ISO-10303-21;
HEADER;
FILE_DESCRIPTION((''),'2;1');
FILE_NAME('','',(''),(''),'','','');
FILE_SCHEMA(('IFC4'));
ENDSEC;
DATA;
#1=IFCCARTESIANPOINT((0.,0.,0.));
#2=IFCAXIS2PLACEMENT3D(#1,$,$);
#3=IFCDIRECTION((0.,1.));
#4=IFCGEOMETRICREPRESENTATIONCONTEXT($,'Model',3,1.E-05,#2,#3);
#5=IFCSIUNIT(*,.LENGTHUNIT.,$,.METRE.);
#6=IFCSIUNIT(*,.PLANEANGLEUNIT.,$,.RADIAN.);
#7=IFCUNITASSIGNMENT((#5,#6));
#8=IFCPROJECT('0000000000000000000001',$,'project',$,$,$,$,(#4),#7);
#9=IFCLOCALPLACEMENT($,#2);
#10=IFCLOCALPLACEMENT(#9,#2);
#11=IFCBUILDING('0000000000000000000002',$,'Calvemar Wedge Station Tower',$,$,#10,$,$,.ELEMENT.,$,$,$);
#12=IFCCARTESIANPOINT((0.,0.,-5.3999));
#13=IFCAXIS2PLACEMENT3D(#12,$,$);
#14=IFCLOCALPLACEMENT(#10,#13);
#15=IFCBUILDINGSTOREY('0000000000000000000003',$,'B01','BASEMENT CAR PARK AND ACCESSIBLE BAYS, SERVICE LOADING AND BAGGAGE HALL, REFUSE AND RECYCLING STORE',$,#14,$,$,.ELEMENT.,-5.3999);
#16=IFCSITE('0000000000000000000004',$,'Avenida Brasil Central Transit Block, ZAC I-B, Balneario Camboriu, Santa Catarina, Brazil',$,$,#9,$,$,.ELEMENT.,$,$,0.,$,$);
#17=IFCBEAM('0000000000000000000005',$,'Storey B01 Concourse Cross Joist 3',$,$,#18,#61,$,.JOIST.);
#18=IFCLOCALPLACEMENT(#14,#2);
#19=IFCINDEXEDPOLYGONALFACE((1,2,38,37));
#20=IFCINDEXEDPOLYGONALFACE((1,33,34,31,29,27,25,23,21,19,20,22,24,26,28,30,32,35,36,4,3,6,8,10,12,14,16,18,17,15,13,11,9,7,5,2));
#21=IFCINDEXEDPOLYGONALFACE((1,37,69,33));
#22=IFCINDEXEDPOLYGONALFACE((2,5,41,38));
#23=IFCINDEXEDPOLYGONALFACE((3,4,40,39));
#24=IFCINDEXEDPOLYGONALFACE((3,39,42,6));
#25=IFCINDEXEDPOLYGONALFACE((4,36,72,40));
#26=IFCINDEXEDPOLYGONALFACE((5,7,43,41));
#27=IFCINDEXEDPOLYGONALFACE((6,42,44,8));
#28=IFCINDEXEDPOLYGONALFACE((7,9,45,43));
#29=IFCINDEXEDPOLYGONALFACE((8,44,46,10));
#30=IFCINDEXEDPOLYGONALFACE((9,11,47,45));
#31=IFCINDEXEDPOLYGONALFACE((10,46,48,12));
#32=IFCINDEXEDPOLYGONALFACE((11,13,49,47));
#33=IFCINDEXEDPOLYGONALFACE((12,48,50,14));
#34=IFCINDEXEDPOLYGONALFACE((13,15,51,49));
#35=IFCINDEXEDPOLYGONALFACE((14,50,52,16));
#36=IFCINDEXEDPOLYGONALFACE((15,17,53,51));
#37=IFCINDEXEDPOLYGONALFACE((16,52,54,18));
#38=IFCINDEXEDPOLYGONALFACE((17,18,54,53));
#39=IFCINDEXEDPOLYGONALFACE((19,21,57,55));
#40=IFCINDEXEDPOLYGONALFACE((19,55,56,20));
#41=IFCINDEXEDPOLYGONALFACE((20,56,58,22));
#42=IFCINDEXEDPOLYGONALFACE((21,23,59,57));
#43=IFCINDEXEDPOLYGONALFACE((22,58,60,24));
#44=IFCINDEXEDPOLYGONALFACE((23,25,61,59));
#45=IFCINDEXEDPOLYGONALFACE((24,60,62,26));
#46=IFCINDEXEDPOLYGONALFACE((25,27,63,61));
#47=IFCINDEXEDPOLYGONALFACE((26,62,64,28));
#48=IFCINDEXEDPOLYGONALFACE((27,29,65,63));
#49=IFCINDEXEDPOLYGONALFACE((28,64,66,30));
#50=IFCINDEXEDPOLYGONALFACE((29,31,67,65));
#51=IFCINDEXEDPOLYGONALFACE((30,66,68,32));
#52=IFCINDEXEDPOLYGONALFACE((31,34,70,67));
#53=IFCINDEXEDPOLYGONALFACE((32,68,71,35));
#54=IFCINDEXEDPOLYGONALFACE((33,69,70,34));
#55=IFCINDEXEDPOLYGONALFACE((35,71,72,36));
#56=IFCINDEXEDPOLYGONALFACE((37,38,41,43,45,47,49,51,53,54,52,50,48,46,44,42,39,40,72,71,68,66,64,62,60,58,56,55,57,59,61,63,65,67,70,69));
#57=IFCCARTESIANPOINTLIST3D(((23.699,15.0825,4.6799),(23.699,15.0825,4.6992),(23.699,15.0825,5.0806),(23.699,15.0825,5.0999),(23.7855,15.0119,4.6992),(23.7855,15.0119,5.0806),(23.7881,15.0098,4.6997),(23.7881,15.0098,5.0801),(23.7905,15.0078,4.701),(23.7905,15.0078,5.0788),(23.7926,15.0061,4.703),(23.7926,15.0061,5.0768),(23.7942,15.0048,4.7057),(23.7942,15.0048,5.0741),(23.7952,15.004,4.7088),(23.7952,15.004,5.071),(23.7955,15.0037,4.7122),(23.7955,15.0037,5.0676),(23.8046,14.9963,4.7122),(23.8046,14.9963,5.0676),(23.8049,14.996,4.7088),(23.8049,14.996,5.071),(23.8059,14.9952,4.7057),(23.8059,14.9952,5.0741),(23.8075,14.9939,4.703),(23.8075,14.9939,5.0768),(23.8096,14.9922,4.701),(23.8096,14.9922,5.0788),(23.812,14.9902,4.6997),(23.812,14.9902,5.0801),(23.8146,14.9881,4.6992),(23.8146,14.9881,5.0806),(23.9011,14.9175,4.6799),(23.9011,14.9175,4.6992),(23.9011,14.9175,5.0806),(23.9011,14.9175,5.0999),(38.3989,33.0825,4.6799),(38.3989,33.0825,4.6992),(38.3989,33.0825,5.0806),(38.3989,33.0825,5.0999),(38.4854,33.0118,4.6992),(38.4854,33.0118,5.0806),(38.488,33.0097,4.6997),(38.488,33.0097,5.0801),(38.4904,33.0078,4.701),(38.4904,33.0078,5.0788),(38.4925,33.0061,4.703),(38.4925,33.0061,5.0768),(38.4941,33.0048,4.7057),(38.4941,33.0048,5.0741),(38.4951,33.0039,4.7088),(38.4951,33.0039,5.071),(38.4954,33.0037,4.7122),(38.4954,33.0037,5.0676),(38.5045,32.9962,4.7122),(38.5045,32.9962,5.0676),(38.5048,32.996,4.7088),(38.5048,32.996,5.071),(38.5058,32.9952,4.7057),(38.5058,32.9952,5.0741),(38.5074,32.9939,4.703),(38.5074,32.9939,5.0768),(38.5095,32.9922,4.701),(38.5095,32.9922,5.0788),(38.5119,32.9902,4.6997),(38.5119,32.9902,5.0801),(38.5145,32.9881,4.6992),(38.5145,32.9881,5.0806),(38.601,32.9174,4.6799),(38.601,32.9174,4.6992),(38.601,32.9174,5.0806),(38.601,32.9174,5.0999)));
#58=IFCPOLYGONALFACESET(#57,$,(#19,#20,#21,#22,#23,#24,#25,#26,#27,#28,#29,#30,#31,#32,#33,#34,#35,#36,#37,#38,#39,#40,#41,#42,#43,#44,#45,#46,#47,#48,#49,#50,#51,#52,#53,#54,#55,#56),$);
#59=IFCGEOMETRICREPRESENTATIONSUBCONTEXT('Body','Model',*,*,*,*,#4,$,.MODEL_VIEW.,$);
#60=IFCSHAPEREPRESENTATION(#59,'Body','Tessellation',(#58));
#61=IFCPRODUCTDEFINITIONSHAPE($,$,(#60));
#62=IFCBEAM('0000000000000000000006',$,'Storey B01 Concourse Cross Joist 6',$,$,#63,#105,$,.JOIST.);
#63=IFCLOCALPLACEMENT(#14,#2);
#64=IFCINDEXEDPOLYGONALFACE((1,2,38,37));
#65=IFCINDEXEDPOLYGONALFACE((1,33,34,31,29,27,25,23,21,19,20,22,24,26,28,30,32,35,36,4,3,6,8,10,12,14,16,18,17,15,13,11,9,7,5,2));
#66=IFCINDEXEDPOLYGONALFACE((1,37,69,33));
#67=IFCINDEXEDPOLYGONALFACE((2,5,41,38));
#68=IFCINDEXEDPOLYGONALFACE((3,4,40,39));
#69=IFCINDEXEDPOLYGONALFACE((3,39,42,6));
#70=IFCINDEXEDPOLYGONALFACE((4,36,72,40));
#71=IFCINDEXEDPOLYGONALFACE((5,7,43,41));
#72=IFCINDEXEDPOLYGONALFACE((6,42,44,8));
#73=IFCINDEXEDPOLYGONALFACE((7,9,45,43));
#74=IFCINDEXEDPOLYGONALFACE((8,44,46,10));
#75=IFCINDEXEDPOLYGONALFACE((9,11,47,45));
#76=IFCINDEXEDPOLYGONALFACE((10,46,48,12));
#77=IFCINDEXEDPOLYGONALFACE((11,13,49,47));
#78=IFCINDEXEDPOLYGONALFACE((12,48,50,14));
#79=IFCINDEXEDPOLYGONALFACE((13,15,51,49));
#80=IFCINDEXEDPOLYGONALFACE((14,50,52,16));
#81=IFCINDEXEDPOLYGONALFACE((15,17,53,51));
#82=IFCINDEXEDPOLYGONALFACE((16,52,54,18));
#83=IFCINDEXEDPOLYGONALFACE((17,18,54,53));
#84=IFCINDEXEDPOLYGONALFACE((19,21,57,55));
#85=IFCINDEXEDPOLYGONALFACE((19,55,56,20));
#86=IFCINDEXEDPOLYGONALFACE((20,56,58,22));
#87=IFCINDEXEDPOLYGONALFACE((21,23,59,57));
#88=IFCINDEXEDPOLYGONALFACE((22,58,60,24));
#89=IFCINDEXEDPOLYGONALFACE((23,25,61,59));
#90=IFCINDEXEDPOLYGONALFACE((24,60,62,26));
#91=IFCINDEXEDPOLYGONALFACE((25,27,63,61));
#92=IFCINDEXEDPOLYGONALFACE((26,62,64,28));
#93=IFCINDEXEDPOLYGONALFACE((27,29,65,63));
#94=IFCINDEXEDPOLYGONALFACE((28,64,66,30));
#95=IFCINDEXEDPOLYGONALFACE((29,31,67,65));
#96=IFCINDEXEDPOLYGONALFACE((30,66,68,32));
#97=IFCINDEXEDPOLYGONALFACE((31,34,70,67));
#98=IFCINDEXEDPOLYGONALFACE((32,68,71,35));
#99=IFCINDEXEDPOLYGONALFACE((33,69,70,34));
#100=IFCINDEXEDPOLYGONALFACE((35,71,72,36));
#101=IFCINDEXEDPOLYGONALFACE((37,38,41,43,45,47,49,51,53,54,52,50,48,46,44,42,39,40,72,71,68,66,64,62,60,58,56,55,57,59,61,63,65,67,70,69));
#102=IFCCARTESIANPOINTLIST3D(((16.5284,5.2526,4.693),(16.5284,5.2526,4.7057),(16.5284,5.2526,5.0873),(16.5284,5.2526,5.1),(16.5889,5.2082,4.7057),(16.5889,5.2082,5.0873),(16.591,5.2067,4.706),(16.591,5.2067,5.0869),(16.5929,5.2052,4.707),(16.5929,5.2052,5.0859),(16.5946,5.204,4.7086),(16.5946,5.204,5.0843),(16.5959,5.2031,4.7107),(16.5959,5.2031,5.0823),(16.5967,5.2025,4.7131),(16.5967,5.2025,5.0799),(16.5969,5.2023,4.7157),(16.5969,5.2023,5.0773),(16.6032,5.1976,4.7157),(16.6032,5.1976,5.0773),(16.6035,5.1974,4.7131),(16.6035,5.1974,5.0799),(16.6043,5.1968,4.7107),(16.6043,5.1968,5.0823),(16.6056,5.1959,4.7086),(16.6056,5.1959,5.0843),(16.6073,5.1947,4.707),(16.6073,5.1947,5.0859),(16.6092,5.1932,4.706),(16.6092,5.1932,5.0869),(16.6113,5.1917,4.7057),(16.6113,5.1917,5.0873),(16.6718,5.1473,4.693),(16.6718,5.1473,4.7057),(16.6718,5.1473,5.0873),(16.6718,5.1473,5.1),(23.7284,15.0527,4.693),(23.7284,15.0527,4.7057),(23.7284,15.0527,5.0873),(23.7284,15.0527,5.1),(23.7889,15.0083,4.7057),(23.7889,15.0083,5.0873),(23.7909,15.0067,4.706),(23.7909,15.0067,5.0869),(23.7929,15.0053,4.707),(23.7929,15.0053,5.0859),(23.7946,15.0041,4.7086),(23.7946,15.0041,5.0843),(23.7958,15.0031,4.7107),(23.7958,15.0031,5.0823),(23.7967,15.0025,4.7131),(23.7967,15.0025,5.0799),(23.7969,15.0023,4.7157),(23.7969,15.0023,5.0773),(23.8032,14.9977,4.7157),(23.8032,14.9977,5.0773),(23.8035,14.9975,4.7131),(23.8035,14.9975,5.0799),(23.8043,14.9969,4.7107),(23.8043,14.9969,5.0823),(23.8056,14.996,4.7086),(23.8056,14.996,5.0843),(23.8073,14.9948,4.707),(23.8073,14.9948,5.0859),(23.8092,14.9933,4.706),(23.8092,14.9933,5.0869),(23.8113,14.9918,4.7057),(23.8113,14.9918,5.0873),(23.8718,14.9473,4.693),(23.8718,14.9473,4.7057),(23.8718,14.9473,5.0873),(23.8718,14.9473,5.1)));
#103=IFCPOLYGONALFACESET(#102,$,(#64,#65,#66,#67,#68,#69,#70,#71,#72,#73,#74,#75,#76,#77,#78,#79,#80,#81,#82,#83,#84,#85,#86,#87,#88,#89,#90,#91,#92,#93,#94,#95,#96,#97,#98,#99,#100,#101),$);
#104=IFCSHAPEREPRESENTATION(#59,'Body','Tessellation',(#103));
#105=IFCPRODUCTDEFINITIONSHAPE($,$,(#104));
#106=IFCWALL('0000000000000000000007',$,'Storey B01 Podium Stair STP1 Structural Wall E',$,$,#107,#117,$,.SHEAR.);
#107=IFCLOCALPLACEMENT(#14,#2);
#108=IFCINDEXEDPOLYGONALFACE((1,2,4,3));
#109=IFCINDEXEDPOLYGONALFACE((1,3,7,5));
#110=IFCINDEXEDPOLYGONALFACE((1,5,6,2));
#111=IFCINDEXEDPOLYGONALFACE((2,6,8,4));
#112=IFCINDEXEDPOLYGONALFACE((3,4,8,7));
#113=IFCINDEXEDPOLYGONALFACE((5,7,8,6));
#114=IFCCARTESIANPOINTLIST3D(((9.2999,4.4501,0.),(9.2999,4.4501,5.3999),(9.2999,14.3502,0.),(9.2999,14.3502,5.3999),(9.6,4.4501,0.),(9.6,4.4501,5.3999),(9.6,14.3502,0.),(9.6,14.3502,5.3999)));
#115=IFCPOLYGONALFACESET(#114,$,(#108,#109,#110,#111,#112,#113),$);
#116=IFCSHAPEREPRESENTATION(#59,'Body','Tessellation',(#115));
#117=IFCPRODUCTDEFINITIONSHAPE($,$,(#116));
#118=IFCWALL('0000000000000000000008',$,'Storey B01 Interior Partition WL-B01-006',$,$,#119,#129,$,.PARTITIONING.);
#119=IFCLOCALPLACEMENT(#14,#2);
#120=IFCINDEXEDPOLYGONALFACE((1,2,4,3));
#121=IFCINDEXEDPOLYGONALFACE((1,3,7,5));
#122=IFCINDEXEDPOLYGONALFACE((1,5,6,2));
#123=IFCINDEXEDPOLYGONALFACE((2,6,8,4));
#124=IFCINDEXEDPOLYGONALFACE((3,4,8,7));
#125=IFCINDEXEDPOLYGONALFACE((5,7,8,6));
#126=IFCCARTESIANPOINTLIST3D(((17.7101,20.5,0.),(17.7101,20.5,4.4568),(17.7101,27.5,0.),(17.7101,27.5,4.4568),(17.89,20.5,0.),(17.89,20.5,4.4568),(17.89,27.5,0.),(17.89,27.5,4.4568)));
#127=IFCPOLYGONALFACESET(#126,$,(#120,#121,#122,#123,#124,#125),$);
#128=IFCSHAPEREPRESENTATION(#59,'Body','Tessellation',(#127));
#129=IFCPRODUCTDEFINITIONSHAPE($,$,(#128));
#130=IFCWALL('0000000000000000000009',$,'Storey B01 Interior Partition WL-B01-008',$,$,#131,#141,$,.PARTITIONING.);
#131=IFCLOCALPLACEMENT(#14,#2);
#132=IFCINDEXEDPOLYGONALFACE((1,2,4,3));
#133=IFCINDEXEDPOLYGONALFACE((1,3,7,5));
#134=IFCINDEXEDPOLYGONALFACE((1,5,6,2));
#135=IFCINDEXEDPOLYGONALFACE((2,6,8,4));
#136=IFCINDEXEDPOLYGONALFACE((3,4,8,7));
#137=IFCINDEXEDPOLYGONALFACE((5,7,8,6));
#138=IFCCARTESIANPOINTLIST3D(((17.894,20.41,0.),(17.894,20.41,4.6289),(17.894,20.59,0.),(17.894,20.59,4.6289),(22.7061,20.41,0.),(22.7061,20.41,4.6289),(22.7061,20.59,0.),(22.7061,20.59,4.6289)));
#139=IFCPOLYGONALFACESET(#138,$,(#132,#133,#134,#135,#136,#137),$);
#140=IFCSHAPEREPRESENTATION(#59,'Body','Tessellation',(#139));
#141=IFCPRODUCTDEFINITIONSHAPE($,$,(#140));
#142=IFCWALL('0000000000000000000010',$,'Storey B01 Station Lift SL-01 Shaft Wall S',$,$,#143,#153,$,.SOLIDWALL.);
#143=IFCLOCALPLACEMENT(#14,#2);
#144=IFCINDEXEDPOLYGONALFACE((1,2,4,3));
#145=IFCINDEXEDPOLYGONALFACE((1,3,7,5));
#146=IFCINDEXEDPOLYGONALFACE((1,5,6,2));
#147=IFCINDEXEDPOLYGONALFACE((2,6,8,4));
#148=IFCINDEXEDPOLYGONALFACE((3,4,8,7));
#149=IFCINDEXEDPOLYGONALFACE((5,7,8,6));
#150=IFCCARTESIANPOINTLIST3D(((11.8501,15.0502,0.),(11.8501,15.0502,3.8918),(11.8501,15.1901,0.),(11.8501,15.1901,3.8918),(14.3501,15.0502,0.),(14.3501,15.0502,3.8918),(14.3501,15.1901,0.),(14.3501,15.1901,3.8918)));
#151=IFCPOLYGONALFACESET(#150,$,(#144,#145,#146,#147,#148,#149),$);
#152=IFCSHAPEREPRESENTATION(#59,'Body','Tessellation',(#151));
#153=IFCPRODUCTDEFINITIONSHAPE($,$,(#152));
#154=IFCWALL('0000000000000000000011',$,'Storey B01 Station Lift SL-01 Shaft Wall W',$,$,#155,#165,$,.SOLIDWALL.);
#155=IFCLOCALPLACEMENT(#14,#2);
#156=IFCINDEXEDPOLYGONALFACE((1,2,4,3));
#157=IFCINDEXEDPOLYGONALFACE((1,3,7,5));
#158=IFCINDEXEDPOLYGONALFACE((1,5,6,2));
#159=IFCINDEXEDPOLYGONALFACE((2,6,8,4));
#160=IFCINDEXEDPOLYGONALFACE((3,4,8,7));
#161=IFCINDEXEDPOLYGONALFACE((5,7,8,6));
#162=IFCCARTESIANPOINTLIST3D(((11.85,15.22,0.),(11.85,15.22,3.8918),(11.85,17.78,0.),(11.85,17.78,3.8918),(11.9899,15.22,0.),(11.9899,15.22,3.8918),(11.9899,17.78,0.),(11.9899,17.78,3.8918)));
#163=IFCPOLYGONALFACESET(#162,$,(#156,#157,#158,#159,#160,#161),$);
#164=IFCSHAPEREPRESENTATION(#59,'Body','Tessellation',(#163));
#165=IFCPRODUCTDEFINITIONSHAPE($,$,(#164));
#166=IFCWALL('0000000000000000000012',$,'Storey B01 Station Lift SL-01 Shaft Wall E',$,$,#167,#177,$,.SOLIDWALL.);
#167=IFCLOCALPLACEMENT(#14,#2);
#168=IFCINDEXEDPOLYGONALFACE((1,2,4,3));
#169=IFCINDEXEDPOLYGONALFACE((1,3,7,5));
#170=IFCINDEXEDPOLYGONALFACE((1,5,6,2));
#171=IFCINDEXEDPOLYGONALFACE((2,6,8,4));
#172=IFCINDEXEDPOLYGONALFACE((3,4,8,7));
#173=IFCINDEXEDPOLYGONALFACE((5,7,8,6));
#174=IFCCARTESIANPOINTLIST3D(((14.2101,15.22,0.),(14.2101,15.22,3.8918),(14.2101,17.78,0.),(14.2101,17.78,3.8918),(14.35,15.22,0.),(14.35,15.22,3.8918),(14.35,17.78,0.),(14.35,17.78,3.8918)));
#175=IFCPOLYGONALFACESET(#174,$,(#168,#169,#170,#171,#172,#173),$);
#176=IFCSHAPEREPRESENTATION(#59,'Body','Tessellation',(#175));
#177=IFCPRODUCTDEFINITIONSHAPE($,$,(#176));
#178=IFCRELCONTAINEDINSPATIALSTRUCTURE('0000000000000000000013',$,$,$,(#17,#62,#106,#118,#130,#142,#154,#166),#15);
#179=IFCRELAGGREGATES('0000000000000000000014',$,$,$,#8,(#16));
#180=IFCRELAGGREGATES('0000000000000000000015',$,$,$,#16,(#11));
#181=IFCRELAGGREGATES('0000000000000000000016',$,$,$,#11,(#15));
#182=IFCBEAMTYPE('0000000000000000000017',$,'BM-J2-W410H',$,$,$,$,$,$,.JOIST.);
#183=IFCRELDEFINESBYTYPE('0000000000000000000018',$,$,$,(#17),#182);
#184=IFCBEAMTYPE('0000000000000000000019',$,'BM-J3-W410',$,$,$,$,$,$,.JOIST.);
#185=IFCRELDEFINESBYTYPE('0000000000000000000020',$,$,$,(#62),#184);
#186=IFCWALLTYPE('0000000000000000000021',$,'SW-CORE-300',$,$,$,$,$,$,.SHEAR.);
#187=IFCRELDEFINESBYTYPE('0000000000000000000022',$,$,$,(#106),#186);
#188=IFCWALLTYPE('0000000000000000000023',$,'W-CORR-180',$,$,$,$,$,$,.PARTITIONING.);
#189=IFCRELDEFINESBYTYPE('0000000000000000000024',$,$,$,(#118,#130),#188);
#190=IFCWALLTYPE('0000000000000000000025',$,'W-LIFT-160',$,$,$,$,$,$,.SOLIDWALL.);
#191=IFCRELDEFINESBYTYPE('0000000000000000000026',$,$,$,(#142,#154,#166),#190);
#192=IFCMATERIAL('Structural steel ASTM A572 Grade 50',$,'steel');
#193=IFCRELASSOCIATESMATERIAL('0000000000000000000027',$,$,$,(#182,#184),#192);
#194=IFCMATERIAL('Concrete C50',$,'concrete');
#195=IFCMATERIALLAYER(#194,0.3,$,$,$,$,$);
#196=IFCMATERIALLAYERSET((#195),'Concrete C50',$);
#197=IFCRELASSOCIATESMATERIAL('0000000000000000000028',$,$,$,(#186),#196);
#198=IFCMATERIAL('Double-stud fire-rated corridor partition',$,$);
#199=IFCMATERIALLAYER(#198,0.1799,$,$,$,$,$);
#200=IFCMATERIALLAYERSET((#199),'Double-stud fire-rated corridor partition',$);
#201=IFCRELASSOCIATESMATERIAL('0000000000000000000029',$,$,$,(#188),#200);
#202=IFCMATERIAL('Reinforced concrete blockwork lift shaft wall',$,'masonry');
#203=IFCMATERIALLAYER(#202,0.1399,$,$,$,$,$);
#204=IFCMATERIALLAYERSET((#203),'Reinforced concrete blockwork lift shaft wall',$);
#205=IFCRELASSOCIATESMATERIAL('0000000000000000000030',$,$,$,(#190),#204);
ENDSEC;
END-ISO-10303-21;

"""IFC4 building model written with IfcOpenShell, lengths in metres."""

from ifc_helpers import new_model, si_unit, direction, frame, frame_2d, origin, origin_2d, place, context, subcontext, project, spatial, rectangle, i_section, extrude, source, transform, mapped, material, layer, layer_set, material_profile, profile_set, type_object, element, save


model = new_model("IFC4")

# Units and contexts
model_context = context("Model", 3, precision=1e-05, world=origin(), true_north=direction((0.0, 1.0)))
body_context = subcontext(model_context, "Body", "Model", "MODEL_VIEW")
ifc_project = project(units=[si_unit("LENGTHUNIT", "METRE"), si_unit("PLANEANGLEUNIT", "RADIAN")], contexts=[model_context])

# Site, building, storey
site_placement = place(None, origin())
site = spatial("IfcSite", under=ifc_project, at=site_placement, Name="Avenida Brasil Central Transit Block, ZAC I-B, Balneario Camboriu, Santa Catarina, Brazil", CompositionType="ELEMENT", RefElevation=0.0)
building_placement = place(site_placement, origin())
building = spatial("IfcBuilding", under=site, at=building_placement, Name="Calvemar Wedge Station Tower", CompositionType="ELEMENT")
storey_placement = place(building_placement, frame((0.0, 0.0, -5.3999)))
storey = spatial("IfcBuildingStorey", under=building, at=storey_placement, Name="B01", Description="BASEMENT CAR PARK AND ACCESSIBLE BAYS, SERVICE LOADING AND BAGGAGE HALL, REFUSE AND RECYCLING STORE", CompositionType="ELEMENT", Elevation=-5.3999)

# Beams
ifc_material_1 = material(Name="Structural steel ASTM A572 Grade 50", Category="steel")
ifc_material_2 = material(Name="Concrete C50", Category="concrete")
ifc_material_profile_1 = material_profile(ifc_material_1, i_section(OverallWidth=0.261, OverallDepth=0.4199, WebThickness=0.0117, FlangeThickness=0.0193, FilletRadius=0.0129, at=origin_2d()), Name="W410x114")
ifc_profile_set_1 = profile_set([ifc_material_profile_1], Name="Structural steel ASTM A572 Grade 50")
beam_type_1 = type_object("IfcBeamType", Name="BM-J2-W410H", PredefinedType="JOIST", material=ifc_profile_set_1)
shared_shape_1 = source(origin(), body_context, "Body", "SweptSolid", [
    extrude(i_section(OverallWidth=0.261, OverallDepth=0.4199, WebThickness=0.0117, FlangeThickness=0.0193, FilletRadius=0.0129, at=origin_2d()), origin(), (0.0, 0.0, 1.0), 23.2397),
])
beam_1_placement = place(storey_placement, frame((23.8, 15.0, 4.8899), z_axis=(0.632533, 0.774533, 0.0), x_axis=(-0.774533, 0.632533, 0.0)))
element("IfcBeam", 1, at=beam_1_placement, inside=storey, type_object=beam_type_1, Name="Storey B01 Concourse Cross Joist 3", PredefinedType="JOIST", context=body_context, shape_type="MappedRepresentation", body=[
    mapped(shared_shape_1, transform((0.0, 0.0, 0.0), scale=1.0)),
])
ifc_material_profile_2 = material_profile(ifc_material_1, i_section(OverallWidth=0.178, OverallDepth=0.407, WebThickness=0.0078, FlangeThickness=0.0127, FilletRadius=0.01, at=origin_2d()), Name="W410x60")
ifc_profile_set_2 = profile_set([ifc_material_profile_2], Name="Structural steel ASTM A572 Grade 50")
beam_type_2 = type_object("IfcBeamType", Name="BM-J3-W410", PredefinedType="JOIST", material=ifc_profile_set_2)
shared_shape_2 = source(origin(), body_context, "Body", "SweptSolid", [
    extrude(i_section(OverallWidth=0.178, OverallDepth=0.407, WebThickness=0.0078, FlangeThickness=0.0127, FilletRadius=0.01, at=origin_2d()), origin(), (0.0, 0.0, 1.0), 12.1606),
])
beam_2_placement = place(storey_placement, frame((16.6001, 5.2, 4.8965), z_axis=(0.592072, 0.805885, 0.0), x_axis=(-0.805885, 0.592072, 0.0)))
element("IfcBeam", 2, at=beam_2_placement, inside=storey, type_object=beam_type_2, Name="Storey B01 Concourse Cross Joist 6", PredefinedType="JOIST", context=body_context, shape_type="MappedRepresentation", body=[
    mapped(shared_shape_2, transform((0.0, 0.0, 0.0), scale=1.0)),
])

# Walls
ifc_layer_1 = layer(ifc_material_2, 0.3)
ifc_layer_set_1 = layer_set([ifc_layer_1], Name="Concrete C50")
wall_type_1 = type_object("IfcWallType", Name="SW-CORE-300", PredefinedType="SHEAR", material=ifc_layer_set_1)
wall_1_placement = place(storey_placement, frame((9.45, 4.45, 0.0), z_axis=(0.0, 0.0, 1.0), x_axis=(0.0, 1.0, 0.0)))
element("IfcWall", 3, at=wall_1_placement, inside=storey, type_object=wall_type_1, Name="Storey B01 Podium Stair STP1 Structural Wall E", PredefinedType="SHEAR", context=body_context, shape_type="SweptSolid", body=[
    extrude(rectangle(XDim=9.9001, YDim=0.3, at=frame_2d((4.9502, 0.0))), origin(), (0.0, 0.0, 1.0), 5.3999),
])
ifc_material_3 = material(Name="Double-stud fire-rated corridor partition")
ifc_layer_2 = layer(ifc_material_3, 0.1799)
ifc_layer_set_2 = layer_set([ifc_layer_2], Name="Double-stud fire-rated corridor partition")
wall_type_2 = type_object("IfcWallType", Name="W-CORR-180", PredefinedType="PARTITIONING", material=ifc_layer_set_2)
wall_2_placement = place(storey_placement, frame((17.8, 20.5, 0.0), z_axis=(0.0, 0.0, 1.0), x_axis=(0.0, 1.0, 0.0)))
element("IfcWall", 4, at=wall_2_placement, inside=storey, type_object=wall_type_2, Name="Storey B01 Interior Partition WL-B01-006", PredefinedType="PARTITIONING", context=body_context, shape_type="SweptSolid", body=[
    extrude(rectangle(XDim=7.0, YDim=0.1799, at=frame_2d((3.5, 0.0))), origin(), (0.0, 0.0, 1.0), 4.4568),
])
wall_3_placement = place(storey_placement, frame((22.7061, 20.5, 0.0), z_axis=(0.0, 0.0, 1.0), x_axis=(-1.0, 0.0, 0.0)))
element("IfcWall", 5, at=wall_3_placement, inside=storey, type_object=wall_type_2, Name="Storey B01 Interior Partition WL-B01-008", PredefinedType="PARTITIONING", context=body_context, shape_type="SweptSolid", body=[
    extrude(rectangle(XDim=4.812, YDim=0.1799, at=frame_2d((2.406, 0.0))), origin(), (0.0, 0.0, 1.0), 4.6289),
])

# Shared definitions
ifc_material_4 = material(Name="Reinforced concrete blockwork lift shaft wall", Category="masonry")
ifc_layer_3 = layer(ifc_material_4, 0.1399)
ifc_layer_set_3 = layer_set([ifc_layer_3], Name="Reinforced concrete blockwork lift shaft wall")
wall_type_3 = type_object("IfcWallType", Name="W-LIFT-160", PredefinedType="SOLIDWALL", material=ifc_layer_set_3)

# Walls
wall_4_placement = place(storey_placement, frame((11.8501, 15.1201, 0.0), z_axis=(0.0, 0.0, 1.0), x_axis=(1.0, 0.0, 0.0)))
element("IfcWall", 6, at=wall_4_placement, inside=storey, type_object=wall_type_3, Name="Storey B01 Station Lift SL-01 Shaft Wall S", PredefinedType="SOLIDWALL", context=body_context, shape_type="SweptSolid", body=[
    extrude(rectangle(XDim=2.5, YDim=0.1399, at=frame_2d((1.25, 0.0))), origin(), (0.0, 0.0, 1.0), 3.8918),
])
for number, where, z_axis, x_axis, name in (
    (7, (11.9199, 15.22, 0.0), (0.0, 0.0, 1.0), (0.0, 1.0, 0.0), "Storey B01 Station Lift SL-01 Shaft Wall W"),
    (8, (14.28, 15.22, 0.0), (0.0, 0.0, 1.0), (0.0, 1.0, 0.0), "Storey B01 Station Lift SL-01 Shaft Wall E"),
):
    element("IfcWall", number, at=place(storey_placement, frame(where, z_axis=z_axis, x_axis=x_axis)), inside=storey, type_object=wall_type_3, Name=name, PredefinedType="SOLIDWALL", context=body_context, shape_type="SweptSolid", body=[
        extrude(rectangle(XDim=2.5601, YDim=0.1399, at=frame_2d((1.28, 0.0))), origin(), (0.0, 0.0, 1.0), 3.8918),
    ])

save(model, "model.ifc")
